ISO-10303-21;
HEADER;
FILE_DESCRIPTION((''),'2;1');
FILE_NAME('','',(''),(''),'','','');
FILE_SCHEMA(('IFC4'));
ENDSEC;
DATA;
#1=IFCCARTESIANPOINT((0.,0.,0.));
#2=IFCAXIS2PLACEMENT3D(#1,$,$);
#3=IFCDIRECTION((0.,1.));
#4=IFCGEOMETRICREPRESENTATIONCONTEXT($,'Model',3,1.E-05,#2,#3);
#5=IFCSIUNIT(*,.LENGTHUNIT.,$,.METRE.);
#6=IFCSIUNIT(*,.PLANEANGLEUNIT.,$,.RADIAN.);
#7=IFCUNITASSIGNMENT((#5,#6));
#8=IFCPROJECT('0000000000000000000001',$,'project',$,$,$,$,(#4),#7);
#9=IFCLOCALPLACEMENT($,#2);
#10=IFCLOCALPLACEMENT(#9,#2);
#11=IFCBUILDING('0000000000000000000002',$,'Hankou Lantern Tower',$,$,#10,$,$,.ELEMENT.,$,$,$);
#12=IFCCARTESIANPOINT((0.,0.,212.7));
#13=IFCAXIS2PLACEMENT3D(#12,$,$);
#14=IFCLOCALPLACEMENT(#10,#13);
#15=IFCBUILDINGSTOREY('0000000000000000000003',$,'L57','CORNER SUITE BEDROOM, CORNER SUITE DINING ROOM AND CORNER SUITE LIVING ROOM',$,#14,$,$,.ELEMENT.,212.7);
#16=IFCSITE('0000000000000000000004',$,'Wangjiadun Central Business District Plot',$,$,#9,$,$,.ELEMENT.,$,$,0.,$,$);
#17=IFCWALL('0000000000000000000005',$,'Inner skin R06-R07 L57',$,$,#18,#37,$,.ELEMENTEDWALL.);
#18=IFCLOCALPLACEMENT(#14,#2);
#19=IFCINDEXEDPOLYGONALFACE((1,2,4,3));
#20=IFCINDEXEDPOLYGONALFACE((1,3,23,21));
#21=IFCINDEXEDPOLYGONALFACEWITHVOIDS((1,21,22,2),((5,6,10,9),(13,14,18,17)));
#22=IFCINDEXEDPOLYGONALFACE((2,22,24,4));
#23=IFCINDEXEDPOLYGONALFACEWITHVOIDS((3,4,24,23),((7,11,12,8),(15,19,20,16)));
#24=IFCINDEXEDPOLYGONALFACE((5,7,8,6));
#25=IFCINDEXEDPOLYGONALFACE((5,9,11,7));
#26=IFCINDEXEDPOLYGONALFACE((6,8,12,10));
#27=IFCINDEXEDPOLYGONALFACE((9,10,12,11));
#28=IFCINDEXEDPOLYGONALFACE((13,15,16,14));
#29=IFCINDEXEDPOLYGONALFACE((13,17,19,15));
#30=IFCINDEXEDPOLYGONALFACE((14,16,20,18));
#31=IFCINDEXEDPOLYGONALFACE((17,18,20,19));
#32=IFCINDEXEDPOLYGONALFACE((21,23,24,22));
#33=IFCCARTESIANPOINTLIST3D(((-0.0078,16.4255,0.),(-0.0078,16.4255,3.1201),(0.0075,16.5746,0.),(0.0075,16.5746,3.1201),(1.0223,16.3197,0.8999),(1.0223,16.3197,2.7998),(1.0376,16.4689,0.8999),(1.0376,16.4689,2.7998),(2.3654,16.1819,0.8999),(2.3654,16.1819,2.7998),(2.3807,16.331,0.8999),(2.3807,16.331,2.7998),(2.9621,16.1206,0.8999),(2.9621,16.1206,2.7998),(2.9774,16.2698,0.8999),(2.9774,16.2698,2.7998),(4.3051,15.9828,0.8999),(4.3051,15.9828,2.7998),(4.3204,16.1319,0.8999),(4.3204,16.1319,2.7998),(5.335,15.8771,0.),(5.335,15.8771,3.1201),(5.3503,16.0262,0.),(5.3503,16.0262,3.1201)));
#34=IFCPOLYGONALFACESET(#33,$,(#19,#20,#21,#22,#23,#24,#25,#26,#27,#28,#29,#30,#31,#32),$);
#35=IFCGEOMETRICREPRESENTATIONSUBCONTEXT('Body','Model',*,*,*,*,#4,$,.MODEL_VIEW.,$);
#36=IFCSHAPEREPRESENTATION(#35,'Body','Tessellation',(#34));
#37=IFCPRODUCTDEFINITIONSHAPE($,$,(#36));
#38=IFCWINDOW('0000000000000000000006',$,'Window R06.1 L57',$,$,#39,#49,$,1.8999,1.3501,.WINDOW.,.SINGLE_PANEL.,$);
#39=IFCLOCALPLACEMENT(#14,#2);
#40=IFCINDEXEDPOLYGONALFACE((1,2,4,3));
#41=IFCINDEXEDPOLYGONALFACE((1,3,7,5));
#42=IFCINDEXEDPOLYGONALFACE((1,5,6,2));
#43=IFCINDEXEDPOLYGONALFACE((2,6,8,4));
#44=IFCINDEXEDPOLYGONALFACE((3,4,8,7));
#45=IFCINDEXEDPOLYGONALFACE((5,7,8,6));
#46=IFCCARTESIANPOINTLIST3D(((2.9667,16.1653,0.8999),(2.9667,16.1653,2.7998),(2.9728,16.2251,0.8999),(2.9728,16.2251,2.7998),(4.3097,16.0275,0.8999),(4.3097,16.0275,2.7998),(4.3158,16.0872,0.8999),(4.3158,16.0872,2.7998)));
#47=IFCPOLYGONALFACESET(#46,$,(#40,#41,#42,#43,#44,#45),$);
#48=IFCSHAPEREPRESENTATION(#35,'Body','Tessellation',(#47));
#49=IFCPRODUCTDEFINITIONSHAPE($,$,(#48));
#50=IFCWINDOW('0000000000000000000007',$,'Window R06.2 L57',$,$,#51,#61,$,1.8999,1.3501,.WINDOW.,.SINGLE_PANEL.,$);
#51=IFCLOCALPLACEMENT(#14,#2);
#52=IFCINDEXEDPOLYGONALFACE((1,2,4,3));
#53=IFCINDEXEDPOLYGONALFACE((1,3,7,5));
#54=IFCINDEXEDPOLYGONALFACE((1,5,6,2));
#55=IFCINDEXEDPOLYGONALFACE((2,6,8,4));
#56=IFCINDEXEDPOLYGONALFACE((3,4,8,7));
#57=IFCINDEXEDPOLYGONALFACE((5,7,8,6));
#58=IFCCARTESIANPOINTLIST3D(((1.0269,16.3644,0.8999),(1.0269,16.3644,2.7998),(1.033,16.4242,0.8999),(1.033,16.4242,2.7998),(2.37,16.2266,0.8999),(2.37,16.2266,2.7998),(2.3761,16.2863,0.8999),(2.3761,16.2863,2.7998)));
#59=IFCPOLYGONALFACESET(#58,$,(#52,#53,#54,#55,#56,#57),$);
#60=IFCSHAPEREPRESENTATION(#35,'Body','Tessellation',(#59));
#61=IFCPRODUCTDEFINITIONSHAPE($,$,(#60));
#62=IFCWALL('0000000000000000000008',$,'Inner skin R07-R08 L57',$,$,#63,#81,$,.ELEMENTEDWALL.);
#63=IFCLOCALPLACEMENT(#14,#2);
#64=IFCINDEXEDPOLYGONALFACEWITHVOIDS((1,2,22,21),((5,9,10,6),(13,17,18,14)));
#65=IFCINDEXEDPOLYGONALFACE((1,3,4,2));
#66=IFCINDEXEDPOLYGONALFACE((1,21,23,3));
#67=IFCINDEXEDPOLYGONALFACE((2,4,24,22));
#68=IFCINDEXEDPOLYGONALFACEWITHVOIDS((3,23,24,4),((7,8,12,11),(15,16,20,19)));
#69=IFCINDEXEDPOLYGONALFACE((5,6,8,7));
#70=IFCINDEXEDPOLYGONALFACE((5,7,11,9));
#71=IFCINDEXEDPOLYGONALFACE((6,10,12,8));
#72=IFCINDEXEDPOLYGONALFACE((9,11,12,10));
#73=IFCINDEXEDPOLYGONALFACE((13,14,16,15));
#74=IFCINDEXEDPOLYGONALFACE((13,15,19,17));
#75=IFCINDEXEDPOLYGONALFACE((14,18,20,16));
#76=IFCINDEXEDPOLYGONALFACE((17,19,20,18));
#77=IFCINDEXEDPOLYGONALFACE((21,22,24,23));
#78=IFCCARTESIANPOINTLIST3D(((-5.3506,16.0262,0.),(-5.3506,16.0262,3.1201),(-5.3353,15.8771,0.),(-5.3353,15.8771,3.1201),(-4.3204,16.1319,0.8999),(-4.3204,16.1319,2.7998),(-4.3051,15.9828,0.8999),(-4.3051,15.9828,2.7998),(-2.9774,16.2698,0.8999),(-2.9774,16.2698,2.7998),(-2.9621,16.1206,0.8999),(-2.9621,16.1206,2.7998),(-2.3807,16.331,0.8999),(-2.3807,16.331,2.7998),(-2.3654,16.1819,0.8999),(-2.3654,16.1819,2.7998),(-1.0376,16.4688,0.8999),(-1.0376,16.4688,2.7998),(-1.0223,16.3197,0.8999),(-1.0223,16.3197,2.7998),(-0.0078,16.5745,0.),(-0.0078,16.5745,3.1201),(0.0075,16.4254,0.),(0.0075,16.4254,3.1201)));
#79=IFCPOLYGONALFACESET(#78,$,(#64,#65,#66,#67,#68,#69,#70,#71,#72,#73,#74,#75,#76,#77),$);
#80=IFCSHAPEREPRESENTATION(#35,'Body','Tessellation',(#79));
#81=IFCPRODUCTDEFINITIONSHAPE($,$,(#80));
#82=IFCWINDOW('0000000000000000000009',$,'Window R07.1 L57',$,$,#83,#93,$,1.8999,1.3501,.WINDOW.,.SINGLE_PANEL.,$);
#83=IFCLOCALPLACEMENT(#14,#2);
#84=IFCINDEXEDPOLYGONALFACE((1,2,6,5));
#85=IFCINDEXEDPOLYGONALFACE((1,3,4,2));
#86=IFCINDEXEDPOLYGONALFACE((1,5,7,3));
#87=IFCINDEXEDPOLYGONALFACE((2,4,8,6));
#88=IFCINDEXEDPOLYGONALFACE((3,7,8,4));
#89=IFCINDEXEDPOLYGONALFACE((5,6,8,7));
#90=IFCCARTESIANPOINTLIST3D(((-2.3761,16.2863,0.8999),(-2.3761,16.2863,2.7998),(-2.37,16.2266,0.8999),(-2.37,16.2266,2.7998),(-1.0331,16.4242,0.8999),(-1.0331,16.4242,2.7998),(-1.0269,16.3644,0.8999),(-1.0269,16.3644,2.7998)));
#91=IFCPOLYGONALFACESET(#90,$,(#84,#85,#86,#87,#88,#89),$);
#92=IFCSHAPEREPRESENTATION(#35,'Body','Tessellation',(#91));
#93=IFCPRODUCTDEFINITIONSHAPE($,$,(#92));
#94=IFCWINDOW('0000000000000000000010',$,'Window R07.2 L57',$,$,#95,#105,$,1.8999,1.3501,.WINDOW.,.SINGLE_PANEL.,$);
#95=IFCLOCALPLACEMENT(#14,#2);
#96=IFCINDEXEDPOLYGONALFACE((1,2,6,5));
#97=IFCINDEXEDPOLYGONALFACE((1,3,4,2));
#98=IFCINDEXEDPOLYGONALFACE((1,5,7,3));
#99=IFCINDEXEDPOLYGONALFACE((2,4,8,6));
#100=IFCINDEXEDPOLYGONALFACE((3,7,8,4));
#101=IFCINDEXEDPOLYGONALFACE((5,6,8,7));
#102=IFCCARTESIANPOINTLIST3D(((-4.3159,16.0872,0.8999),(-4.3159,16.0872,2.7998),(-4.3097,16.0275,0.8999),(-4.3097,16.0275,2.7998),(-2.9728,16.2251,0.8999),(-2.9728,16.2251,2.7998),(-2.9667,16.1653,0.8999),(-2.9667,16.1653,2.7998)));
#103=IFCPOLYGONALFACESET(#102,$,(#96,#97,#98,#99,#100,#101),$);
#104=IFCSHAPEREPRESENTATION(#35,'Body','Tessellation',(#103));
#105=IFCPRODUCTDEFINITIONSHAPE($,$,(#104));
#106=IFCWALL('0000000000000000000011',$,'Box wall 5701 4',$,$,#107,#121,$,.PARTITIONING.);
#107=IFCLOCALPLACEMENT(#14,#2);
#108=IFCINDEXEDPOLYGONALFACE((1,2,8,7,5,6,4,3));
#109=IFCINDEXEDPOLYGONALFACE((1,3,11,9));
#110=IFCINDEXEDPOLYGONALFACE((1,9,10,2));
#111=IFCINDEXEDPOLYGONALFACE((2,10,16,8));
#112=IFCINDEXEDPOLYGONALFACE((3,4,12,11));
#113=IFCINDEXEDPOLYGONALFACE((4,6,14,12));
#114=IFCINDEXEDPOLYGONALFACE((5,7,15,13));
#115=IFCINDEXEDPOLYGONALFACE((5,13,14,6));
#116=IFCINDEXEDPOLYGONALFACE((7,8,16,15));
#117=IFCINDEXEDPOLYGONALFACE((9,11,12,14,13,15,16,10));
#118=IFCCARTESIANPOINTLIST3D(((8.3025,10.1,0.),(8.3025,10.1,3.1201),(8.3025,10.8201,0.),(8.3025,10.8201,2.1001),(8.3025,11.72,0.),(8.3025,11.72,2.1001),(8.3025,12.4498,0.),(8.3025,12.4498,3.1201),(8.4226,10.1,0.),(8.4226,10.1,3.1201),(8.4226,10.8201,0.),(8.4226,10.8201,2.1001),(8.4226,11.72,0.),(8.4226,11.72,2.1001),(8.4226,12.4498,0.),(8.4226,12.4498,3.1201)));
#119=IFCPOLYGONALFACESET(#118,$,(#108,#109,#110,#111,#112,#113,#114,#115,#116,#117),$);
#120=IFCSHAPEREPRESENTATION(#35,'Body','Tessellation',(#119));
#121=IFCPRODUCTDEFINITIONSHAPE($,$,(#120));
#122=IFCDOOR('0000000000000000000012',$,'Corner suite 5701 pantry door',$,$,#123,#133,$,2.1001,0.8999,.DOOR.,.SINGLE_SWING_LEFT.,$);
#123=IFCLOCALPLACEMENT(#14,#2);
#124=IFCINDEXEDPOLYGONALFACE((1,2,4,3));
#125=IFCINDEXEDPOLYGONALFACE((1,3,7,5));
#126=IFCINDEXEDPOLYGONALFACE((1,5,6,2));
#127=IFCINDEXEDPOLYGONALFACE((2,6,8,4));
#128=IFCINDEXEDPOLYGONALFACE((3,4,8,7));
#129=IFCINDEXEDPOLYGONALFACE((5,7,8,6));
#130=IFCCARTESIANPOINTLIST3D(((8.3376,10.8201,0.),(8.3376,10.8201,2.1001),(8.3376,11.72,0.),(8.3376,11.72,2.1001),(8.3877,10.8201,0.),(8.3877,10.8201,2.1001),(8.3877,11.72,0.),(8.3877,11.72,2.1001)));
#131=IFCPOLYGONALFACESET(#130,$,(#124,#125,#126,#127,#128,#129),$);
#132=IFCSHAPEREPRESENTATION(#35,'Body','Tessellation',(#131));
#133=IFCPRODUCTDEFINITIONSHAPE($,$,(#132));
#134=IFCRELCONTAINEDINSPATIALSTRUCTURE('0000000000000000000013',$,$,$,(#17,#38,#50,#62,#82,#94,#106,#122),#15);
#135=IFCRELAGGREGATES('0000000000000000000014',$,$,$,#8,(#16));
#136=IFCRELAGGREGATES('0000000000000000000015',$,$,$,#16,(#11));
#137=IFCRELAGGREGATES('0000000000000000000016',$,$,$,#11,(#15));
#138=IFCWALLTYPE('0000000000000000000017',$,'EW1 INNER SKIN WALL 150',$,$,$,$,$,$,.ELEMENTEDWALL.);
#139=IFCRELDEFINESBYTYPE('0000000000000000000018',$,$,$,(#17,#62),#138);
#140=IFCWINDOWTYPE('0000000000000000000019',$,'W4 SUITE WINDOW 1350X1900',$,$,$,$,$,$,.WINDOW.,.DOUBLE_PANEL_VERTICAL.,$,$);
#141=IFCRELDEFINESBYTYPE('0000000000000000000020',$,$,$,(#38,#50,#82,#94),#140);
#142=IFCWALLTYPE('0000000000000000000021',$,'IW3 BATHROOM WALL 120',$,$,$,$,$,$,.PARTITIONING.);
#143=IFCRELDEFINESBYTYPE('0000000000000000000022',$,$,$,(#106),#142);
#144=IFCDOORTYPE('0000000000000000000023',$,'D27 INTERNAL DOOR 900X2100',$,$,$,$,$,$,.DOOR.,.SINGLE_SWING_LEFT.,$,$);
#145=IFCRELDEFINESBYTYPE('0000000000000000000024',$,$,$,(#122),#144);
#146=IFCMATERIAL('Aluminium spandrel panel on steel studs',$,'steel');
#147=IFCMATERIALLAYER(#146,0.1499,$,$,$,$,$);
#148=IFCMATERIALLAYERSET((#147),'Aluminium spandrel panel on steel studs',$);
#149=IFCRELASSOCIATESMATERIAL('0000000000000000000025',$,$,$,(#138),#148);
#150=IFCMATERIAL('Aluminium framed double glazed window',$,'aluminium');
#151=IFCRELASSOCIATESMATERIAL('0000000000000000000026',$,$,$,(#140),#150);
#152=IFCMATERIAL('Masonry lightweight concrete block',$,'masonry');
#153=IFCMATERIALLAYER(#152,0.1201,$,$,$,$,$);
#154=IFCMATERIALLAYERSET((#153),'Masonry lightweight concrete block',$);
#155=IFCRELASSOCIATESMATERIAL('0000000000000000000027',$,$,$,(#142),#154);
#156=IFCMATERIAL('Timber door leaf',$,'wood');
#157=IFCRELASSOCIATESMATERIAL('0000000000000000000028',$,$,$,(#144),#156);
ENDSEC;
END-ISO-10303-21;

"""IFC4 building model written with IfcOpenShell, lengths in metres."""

from ifc_helpers import new_model, si_unit, direction, frame, frame_2d, origin, place, context, subcontext, project, spatial, rectangle, extrude, material, layer, layer_set, type_object, element, fill, save


model = new_model("IFC4")

# Units and contexts
model_context = context("Model", 3, precision=1e-05, world=origin(), true_north=direction((0.0, 1.0)))
body_context = subcontext(model_context, "Body", "Model", "MODEL_VIEW")
ifc_project = project(units=[si_unit("LENGTHUNIT", "METRE"), si_unit("PLANEANGLEUNIT", "RADIAN")], contexts=[model_context])

# Site, building, storey
site_placement = place(None, origin())
site = spatial("IfcSite", under=ifc_project, at=site_placement, Name="Wangjiadun Central Business District Plot", CompositionType="ELEMENT", RefElevation=0.0)
building_placement = place(site_placement, origin())
building = spatial("IfcBuilding", under=site, at=building_placement, Name="Hankou Lantern Tower", CompositionType="ELEMENT")
storey_placement = place(building_placement, frame((0.0, 0.0, 212.7)))
storey = spatial("IfcBuildingStorey", under=building, at=storey_placement, Name="L57", Description="CORNER SUITE BEDROOM, CORNER SUITE DINING ROOM AND CORNER SUITE LIVING ROOM", CompositionType="ELEMENT", Elevation=212.7)

# Walls, openings, windows
ifc_material_1 = material(Name="Aluminium spandrel panel on steel studs", Category="steel")
ifc_layer_1 = layer(ifc_material_1, 0.1499)
ifc_layer_set_1 = layer_set([ifc_layer_1], Name="Aluminium spandrel panel on steel studs")
wall_type_1 = type_object("IfcWallType", Name="EW1 INNER SKIN WALL 150", PredefinedType="ELEMENTEDWALL", material=ifc_layer_set_1)
wall_1_placement = place(storey_placement, frame((5.3428, 15.9517, 0.0), z_axis=(0.0, 0.0, 1.0), x_axis=(-0.994775, 0.102096, 0.0)))
wall_1 = element("IfcWall", 1, at=wall_1_placement, inside=storey, type_object=wall_type_1, Name="Inner skin R06-R07 L57", PredefinedType="ELEMENTEDWALL", context=body_context, shape_type="SweptSolid", body=[
    extrude(rectangle(XDim=5.3708, YDim=0.1499, at=frame_2d((2.6855, 0.0))), origin(), (0.0, 0.0, 1.0), 3.1201),
])
opening_1_placement = place(wall_1_placement, frame((1.0354, 0.0, 0.8999)))
opening_1 = element("IfcOpeningElement", 2, at=opening_1_placement, cuts=wall_1, PredefinedType="OPENING", context=body_context, shape_type="SweptSolid", body=[
    extrude(rectangle(XDim=1.3501, YDim=1.8999, at=frame_2d((0.675, 0.95))), frame((0.0, 0.085, 0.0), z_axis=(0.0, -1.0, 0.0), x_axis=(1.0, 0.0, 0.0)), (0.0, 0.0, 1.0), 0.1699),
])
opening_2_placement = place(wall_1_placement, frame((2.9854, 0.0, 0.8999)))
opening_2 = element("IfcOpeningElement", 3, at=opening_2_placement, cuts=wall_1, PredefinedType="OPENING", context=body_context, shape_type="SweptSolid", body=[
    extrude(rectangle(XDim=1.3501, YDim=1.8999, at=frame_2d((0.675, 0.95))), frame((0.0, 0.085, 0.0), z_axis=(0.0, -1.0, 0.0), x_axis=(1.0, 0.0, 0.0)), (0.0, 0.0, 1.0), 0.1699),
])
ifc_material_2 = material(Name="Aluminium framed double glazed window", Category="aluminium")
window_type = type_object("IfcWindowType", Name="W4 SUITE WINDOW 1350X1900", PartitioningType="DOUBLE_PANEL_VERTICAL", PredefinedType="WINDOW", material=ifc_material_2)
window_1_placement = place(opening_1_placement, origin())
window_1 = element("IfcWindow", 4, at=window_1_placement, inside=storey, type_object=window_type, Name="Window R06.1 L57", OverallHeight=1.8999, OverallWidth=1.3501, PartitioningType="SINGLE_PANEL", PredefinedType="WINDOW", context=body_context, shape_type="SweptSolid", body=[
    extrude(rectangle(XDim=1.3501, YDim=1.8999, at=frame_2d((0.675, 0.95))), frame((0.0, 0.03, 0.0), z_axis=(0.0, -1.0, 0.0), x_axis=(1.0, 0.0, 0.0)), (0.0, 0.0, 1.0), 0.0601),
])
fill(opening_1, window_1)
window_2_placement = place(opening_2_placement, origin())
window_2 = element("IfcWindow", 5, at=window_2_placement, inside=storey, type_object=window_type, Name="Window R06.2 L57", OverallHeight=1.8999, OverallWidth=1.3501, PartitioningType="SINGLE_PANEL", PredefinedType="WINDOW", context=body_context, shape_type="SweptSolid", body=[
    extrude(rectangle(XDim=1.3501, YDim=1.8999, at=frame_2d((0.675, 0.95))), frame((0.0, 0.03, 0.0), z_axis=(0.0, -1.0, 0.0), x_axis=(1.0, 0.0, 0.0)), (0.0, 0.0, 1.0), 0.0601),
])
fill(opening_2, window_2)
wall_2_placement = place(storey_placement, frame((0.0, 16.5, 0.0), z_axis=(0.0, 0.0, 1.0), x_axis=(-0.994775, -0.102096, 0.0)))
wall_2 = element("IfcWall", 6, at=wall_2_placement, inside=storey, type_object=wall_type_1, Name="Inner skin R07-R08 L57", PredefinedType="ELEMENTEDWALL", context=body_context, shape_type="SweptSolid", body=[
    extrude(rectangle(XDim=5.3708, YDim=0.1499, at=frame_2d((2.6855, 0.0))), origin(), (0.0, 0.0, 1.0), 3.1201),
])
opening_3_placement = place(wall_2_placement, frame((1.0354, 0.0, 0.8999)))
opening_3 = element("IfcOpeningElement", 7, at=opening_3_placement, cuts=wall_2, PredefinedType="OPENING", context=body_context, shape_type="SweptSolid", body=[
    extrude(rectangle(XDim=1.3501, YDim=1.8999, at=frame_2d((0.675, 0.95))), frame((0.0, 0.085, 0.0), z_axis=(0.0, -1.0, 0.0), x_axis=(1.0, 0.0, 0.0)), (0.0, 0.0, 1.0), 0.1699),
])
opening_4_placement = place(wall_2_placement, frame((2.9854, 0.0, 0.8999)))
opening_4 = element("IfcOpeningElement", 8, at=opening_4_placement, cuts=wall_2, PredefinedType="OPENING", context=body_context, shape_type="SweptSolid", body=[
    extrude(rectangle(XDim=1.3501, YDim=1.8999, at=frame_2d((0.675, 0.95))), frame((0.0, 0.085, 0.0), z_axis=(0.0, -1.0, 0.0), x_axis=(1.0, 0.0, 0.0)), (0.0, 0.0, 1.0), 0.1699),
])
window_3_placement = place(opening_3_placement, origin())
window_3 = element("IfcWindow", 9, at=window_3_placement, inside=storey, type_object=window_type, Name="Window R07.1 L57", OverallHeight=1.8999, OverallWidth=1.3501, PartitioningType="SINGLE_PANEL", PredefinedType="WINDOW", context=body_context, shape_type="SweptSolid", body=[
    extrude(rectangle(XDim=1.3501, YDim=1.8999, at=frame_2d((0.675, 0.95))), frame((0.0, 0.03, 0.0), z_axis=(0.0, -1.0, 0.0), x_axis=(1.0, 0.0, 0.0)), (0.0, 0.0, 1.0), 0.0601),
])
fill(opening_3, window_3)
window_4_placement = place(opening_4_placement, origin())
window_4 = element("IfcWindow", 10, at=window_4_placement, inside=storey, type_object=window_type, Name="Window R07.2 L57", OverallHeight=1.8999, OverallWidth=1.3501, PartitioningType="SINGLE_PANEL", PredefinedType="WINDOW", context=body_context, shape_type="SweptSolid", body=[
    extrude(rectangle(XDim=1.3501, YDim=1.8999, at=frame_2d((0.675, 0.95))), frame((0.0, 0.03, 0.0), z_axis=(0.0, -1.0, 0.0), x_axis=(1.0, 0.0, 0.0)), (0.0, 0.0, 1.0), 0.0601),
])
fill(opening_4, window_4)

# Wall, opening, door
ifc_material_3 = material(Name="Masonry lightweight concrete block", Category="masonry")
ifc_layer_2 = layer(ifc_material_3, 0.1201)
ifc_layer_set_2 = layer_set([ifc_layer_2], Name="Masonry lightweight concrete block")
wall_type_2 = type_object("IfcWallType", Name="IW3 BATHROOM WALL 120", PredefinedType="PARTITIONING", material=ifc_layer_set_2)
wall_3_placement = place(storey_placement, frame((8.3625, 10.1001, 0.0), z_axis=(0.0, 0.0, 1.0), x_axis=(0.0, 1.0, 0.0)))
wall_3 = element("IfcWall", 11, at=wall_3_placement, inside=storey, type_object=wall_type_2, Name="Box wall 5701 4", PredefinedType="PARTITIONING", context=body_context, shape_type="SweptSolid", body=[
    extrude(rectangle(XDim=2.3499, YDim=0.1201, at=frame_2d((1.1748, 0.0))), origin(), (0.0, 0.0, 1.0), 3.1201),
])
opening_5_placement = place(wall_3_placement, frame((0.72, 0.0, 0.0)))
opening_5 = element("IfcOpeningElement", 12, at=opening_5_placement, cuts=wall_3, PredefinedType="OPENING", context=body_context, shape_type="SweptSolid", body=[
    extrude(rectangle(XDim=0.8999, YDim=2.1001, at=frame_2d((0.45, 1.05))), frame((0.0, 0.0701, 0.0), z_axis=(0.0, -1.0, 0.0), x_axis=(1.0, 0.0, 0.0)), (0.0, 0.0, 1.0), 0.1401),
])
ifc_material_4 = material(Name="Timber door leaf", Category="wood")
door_type_1 = type_object("IfcDoorType", Name="D27 INTERNAL DOOR 900X2100", OperationType="SINGLE_SWING_LEFT", PredefinedType="DOOR", material=ifc_material_4)
door_1_placement = place(opening_5_placement, origin())
door_1 = element("IfcDoor", 13, at=door_1_placement, inside=storey, type_object=door_type_1, Name="Corner suite 5701 pantry door", OperationType="SINGLE_SWING_LEFT", OverallHeight=2.1001, OverallWidth=0.8999, PredefinedType="DOOR", context=body_context, shape_type="SweptSolid", body=[
    extrude(rectangle(XDim=0.8999, YDim=2.1001, at=frame_2d((0.45, 1.05))), frame((0.0, 0.0249, 0.0), z_axis=(0.0, -1.0, 0.0), x_axis=(1.0, 0.0, 0.0)), (0.0, 0.0, 1.0), 0.05),
])
fill(opening_5, door_1)

save(model, "model.ifc")
